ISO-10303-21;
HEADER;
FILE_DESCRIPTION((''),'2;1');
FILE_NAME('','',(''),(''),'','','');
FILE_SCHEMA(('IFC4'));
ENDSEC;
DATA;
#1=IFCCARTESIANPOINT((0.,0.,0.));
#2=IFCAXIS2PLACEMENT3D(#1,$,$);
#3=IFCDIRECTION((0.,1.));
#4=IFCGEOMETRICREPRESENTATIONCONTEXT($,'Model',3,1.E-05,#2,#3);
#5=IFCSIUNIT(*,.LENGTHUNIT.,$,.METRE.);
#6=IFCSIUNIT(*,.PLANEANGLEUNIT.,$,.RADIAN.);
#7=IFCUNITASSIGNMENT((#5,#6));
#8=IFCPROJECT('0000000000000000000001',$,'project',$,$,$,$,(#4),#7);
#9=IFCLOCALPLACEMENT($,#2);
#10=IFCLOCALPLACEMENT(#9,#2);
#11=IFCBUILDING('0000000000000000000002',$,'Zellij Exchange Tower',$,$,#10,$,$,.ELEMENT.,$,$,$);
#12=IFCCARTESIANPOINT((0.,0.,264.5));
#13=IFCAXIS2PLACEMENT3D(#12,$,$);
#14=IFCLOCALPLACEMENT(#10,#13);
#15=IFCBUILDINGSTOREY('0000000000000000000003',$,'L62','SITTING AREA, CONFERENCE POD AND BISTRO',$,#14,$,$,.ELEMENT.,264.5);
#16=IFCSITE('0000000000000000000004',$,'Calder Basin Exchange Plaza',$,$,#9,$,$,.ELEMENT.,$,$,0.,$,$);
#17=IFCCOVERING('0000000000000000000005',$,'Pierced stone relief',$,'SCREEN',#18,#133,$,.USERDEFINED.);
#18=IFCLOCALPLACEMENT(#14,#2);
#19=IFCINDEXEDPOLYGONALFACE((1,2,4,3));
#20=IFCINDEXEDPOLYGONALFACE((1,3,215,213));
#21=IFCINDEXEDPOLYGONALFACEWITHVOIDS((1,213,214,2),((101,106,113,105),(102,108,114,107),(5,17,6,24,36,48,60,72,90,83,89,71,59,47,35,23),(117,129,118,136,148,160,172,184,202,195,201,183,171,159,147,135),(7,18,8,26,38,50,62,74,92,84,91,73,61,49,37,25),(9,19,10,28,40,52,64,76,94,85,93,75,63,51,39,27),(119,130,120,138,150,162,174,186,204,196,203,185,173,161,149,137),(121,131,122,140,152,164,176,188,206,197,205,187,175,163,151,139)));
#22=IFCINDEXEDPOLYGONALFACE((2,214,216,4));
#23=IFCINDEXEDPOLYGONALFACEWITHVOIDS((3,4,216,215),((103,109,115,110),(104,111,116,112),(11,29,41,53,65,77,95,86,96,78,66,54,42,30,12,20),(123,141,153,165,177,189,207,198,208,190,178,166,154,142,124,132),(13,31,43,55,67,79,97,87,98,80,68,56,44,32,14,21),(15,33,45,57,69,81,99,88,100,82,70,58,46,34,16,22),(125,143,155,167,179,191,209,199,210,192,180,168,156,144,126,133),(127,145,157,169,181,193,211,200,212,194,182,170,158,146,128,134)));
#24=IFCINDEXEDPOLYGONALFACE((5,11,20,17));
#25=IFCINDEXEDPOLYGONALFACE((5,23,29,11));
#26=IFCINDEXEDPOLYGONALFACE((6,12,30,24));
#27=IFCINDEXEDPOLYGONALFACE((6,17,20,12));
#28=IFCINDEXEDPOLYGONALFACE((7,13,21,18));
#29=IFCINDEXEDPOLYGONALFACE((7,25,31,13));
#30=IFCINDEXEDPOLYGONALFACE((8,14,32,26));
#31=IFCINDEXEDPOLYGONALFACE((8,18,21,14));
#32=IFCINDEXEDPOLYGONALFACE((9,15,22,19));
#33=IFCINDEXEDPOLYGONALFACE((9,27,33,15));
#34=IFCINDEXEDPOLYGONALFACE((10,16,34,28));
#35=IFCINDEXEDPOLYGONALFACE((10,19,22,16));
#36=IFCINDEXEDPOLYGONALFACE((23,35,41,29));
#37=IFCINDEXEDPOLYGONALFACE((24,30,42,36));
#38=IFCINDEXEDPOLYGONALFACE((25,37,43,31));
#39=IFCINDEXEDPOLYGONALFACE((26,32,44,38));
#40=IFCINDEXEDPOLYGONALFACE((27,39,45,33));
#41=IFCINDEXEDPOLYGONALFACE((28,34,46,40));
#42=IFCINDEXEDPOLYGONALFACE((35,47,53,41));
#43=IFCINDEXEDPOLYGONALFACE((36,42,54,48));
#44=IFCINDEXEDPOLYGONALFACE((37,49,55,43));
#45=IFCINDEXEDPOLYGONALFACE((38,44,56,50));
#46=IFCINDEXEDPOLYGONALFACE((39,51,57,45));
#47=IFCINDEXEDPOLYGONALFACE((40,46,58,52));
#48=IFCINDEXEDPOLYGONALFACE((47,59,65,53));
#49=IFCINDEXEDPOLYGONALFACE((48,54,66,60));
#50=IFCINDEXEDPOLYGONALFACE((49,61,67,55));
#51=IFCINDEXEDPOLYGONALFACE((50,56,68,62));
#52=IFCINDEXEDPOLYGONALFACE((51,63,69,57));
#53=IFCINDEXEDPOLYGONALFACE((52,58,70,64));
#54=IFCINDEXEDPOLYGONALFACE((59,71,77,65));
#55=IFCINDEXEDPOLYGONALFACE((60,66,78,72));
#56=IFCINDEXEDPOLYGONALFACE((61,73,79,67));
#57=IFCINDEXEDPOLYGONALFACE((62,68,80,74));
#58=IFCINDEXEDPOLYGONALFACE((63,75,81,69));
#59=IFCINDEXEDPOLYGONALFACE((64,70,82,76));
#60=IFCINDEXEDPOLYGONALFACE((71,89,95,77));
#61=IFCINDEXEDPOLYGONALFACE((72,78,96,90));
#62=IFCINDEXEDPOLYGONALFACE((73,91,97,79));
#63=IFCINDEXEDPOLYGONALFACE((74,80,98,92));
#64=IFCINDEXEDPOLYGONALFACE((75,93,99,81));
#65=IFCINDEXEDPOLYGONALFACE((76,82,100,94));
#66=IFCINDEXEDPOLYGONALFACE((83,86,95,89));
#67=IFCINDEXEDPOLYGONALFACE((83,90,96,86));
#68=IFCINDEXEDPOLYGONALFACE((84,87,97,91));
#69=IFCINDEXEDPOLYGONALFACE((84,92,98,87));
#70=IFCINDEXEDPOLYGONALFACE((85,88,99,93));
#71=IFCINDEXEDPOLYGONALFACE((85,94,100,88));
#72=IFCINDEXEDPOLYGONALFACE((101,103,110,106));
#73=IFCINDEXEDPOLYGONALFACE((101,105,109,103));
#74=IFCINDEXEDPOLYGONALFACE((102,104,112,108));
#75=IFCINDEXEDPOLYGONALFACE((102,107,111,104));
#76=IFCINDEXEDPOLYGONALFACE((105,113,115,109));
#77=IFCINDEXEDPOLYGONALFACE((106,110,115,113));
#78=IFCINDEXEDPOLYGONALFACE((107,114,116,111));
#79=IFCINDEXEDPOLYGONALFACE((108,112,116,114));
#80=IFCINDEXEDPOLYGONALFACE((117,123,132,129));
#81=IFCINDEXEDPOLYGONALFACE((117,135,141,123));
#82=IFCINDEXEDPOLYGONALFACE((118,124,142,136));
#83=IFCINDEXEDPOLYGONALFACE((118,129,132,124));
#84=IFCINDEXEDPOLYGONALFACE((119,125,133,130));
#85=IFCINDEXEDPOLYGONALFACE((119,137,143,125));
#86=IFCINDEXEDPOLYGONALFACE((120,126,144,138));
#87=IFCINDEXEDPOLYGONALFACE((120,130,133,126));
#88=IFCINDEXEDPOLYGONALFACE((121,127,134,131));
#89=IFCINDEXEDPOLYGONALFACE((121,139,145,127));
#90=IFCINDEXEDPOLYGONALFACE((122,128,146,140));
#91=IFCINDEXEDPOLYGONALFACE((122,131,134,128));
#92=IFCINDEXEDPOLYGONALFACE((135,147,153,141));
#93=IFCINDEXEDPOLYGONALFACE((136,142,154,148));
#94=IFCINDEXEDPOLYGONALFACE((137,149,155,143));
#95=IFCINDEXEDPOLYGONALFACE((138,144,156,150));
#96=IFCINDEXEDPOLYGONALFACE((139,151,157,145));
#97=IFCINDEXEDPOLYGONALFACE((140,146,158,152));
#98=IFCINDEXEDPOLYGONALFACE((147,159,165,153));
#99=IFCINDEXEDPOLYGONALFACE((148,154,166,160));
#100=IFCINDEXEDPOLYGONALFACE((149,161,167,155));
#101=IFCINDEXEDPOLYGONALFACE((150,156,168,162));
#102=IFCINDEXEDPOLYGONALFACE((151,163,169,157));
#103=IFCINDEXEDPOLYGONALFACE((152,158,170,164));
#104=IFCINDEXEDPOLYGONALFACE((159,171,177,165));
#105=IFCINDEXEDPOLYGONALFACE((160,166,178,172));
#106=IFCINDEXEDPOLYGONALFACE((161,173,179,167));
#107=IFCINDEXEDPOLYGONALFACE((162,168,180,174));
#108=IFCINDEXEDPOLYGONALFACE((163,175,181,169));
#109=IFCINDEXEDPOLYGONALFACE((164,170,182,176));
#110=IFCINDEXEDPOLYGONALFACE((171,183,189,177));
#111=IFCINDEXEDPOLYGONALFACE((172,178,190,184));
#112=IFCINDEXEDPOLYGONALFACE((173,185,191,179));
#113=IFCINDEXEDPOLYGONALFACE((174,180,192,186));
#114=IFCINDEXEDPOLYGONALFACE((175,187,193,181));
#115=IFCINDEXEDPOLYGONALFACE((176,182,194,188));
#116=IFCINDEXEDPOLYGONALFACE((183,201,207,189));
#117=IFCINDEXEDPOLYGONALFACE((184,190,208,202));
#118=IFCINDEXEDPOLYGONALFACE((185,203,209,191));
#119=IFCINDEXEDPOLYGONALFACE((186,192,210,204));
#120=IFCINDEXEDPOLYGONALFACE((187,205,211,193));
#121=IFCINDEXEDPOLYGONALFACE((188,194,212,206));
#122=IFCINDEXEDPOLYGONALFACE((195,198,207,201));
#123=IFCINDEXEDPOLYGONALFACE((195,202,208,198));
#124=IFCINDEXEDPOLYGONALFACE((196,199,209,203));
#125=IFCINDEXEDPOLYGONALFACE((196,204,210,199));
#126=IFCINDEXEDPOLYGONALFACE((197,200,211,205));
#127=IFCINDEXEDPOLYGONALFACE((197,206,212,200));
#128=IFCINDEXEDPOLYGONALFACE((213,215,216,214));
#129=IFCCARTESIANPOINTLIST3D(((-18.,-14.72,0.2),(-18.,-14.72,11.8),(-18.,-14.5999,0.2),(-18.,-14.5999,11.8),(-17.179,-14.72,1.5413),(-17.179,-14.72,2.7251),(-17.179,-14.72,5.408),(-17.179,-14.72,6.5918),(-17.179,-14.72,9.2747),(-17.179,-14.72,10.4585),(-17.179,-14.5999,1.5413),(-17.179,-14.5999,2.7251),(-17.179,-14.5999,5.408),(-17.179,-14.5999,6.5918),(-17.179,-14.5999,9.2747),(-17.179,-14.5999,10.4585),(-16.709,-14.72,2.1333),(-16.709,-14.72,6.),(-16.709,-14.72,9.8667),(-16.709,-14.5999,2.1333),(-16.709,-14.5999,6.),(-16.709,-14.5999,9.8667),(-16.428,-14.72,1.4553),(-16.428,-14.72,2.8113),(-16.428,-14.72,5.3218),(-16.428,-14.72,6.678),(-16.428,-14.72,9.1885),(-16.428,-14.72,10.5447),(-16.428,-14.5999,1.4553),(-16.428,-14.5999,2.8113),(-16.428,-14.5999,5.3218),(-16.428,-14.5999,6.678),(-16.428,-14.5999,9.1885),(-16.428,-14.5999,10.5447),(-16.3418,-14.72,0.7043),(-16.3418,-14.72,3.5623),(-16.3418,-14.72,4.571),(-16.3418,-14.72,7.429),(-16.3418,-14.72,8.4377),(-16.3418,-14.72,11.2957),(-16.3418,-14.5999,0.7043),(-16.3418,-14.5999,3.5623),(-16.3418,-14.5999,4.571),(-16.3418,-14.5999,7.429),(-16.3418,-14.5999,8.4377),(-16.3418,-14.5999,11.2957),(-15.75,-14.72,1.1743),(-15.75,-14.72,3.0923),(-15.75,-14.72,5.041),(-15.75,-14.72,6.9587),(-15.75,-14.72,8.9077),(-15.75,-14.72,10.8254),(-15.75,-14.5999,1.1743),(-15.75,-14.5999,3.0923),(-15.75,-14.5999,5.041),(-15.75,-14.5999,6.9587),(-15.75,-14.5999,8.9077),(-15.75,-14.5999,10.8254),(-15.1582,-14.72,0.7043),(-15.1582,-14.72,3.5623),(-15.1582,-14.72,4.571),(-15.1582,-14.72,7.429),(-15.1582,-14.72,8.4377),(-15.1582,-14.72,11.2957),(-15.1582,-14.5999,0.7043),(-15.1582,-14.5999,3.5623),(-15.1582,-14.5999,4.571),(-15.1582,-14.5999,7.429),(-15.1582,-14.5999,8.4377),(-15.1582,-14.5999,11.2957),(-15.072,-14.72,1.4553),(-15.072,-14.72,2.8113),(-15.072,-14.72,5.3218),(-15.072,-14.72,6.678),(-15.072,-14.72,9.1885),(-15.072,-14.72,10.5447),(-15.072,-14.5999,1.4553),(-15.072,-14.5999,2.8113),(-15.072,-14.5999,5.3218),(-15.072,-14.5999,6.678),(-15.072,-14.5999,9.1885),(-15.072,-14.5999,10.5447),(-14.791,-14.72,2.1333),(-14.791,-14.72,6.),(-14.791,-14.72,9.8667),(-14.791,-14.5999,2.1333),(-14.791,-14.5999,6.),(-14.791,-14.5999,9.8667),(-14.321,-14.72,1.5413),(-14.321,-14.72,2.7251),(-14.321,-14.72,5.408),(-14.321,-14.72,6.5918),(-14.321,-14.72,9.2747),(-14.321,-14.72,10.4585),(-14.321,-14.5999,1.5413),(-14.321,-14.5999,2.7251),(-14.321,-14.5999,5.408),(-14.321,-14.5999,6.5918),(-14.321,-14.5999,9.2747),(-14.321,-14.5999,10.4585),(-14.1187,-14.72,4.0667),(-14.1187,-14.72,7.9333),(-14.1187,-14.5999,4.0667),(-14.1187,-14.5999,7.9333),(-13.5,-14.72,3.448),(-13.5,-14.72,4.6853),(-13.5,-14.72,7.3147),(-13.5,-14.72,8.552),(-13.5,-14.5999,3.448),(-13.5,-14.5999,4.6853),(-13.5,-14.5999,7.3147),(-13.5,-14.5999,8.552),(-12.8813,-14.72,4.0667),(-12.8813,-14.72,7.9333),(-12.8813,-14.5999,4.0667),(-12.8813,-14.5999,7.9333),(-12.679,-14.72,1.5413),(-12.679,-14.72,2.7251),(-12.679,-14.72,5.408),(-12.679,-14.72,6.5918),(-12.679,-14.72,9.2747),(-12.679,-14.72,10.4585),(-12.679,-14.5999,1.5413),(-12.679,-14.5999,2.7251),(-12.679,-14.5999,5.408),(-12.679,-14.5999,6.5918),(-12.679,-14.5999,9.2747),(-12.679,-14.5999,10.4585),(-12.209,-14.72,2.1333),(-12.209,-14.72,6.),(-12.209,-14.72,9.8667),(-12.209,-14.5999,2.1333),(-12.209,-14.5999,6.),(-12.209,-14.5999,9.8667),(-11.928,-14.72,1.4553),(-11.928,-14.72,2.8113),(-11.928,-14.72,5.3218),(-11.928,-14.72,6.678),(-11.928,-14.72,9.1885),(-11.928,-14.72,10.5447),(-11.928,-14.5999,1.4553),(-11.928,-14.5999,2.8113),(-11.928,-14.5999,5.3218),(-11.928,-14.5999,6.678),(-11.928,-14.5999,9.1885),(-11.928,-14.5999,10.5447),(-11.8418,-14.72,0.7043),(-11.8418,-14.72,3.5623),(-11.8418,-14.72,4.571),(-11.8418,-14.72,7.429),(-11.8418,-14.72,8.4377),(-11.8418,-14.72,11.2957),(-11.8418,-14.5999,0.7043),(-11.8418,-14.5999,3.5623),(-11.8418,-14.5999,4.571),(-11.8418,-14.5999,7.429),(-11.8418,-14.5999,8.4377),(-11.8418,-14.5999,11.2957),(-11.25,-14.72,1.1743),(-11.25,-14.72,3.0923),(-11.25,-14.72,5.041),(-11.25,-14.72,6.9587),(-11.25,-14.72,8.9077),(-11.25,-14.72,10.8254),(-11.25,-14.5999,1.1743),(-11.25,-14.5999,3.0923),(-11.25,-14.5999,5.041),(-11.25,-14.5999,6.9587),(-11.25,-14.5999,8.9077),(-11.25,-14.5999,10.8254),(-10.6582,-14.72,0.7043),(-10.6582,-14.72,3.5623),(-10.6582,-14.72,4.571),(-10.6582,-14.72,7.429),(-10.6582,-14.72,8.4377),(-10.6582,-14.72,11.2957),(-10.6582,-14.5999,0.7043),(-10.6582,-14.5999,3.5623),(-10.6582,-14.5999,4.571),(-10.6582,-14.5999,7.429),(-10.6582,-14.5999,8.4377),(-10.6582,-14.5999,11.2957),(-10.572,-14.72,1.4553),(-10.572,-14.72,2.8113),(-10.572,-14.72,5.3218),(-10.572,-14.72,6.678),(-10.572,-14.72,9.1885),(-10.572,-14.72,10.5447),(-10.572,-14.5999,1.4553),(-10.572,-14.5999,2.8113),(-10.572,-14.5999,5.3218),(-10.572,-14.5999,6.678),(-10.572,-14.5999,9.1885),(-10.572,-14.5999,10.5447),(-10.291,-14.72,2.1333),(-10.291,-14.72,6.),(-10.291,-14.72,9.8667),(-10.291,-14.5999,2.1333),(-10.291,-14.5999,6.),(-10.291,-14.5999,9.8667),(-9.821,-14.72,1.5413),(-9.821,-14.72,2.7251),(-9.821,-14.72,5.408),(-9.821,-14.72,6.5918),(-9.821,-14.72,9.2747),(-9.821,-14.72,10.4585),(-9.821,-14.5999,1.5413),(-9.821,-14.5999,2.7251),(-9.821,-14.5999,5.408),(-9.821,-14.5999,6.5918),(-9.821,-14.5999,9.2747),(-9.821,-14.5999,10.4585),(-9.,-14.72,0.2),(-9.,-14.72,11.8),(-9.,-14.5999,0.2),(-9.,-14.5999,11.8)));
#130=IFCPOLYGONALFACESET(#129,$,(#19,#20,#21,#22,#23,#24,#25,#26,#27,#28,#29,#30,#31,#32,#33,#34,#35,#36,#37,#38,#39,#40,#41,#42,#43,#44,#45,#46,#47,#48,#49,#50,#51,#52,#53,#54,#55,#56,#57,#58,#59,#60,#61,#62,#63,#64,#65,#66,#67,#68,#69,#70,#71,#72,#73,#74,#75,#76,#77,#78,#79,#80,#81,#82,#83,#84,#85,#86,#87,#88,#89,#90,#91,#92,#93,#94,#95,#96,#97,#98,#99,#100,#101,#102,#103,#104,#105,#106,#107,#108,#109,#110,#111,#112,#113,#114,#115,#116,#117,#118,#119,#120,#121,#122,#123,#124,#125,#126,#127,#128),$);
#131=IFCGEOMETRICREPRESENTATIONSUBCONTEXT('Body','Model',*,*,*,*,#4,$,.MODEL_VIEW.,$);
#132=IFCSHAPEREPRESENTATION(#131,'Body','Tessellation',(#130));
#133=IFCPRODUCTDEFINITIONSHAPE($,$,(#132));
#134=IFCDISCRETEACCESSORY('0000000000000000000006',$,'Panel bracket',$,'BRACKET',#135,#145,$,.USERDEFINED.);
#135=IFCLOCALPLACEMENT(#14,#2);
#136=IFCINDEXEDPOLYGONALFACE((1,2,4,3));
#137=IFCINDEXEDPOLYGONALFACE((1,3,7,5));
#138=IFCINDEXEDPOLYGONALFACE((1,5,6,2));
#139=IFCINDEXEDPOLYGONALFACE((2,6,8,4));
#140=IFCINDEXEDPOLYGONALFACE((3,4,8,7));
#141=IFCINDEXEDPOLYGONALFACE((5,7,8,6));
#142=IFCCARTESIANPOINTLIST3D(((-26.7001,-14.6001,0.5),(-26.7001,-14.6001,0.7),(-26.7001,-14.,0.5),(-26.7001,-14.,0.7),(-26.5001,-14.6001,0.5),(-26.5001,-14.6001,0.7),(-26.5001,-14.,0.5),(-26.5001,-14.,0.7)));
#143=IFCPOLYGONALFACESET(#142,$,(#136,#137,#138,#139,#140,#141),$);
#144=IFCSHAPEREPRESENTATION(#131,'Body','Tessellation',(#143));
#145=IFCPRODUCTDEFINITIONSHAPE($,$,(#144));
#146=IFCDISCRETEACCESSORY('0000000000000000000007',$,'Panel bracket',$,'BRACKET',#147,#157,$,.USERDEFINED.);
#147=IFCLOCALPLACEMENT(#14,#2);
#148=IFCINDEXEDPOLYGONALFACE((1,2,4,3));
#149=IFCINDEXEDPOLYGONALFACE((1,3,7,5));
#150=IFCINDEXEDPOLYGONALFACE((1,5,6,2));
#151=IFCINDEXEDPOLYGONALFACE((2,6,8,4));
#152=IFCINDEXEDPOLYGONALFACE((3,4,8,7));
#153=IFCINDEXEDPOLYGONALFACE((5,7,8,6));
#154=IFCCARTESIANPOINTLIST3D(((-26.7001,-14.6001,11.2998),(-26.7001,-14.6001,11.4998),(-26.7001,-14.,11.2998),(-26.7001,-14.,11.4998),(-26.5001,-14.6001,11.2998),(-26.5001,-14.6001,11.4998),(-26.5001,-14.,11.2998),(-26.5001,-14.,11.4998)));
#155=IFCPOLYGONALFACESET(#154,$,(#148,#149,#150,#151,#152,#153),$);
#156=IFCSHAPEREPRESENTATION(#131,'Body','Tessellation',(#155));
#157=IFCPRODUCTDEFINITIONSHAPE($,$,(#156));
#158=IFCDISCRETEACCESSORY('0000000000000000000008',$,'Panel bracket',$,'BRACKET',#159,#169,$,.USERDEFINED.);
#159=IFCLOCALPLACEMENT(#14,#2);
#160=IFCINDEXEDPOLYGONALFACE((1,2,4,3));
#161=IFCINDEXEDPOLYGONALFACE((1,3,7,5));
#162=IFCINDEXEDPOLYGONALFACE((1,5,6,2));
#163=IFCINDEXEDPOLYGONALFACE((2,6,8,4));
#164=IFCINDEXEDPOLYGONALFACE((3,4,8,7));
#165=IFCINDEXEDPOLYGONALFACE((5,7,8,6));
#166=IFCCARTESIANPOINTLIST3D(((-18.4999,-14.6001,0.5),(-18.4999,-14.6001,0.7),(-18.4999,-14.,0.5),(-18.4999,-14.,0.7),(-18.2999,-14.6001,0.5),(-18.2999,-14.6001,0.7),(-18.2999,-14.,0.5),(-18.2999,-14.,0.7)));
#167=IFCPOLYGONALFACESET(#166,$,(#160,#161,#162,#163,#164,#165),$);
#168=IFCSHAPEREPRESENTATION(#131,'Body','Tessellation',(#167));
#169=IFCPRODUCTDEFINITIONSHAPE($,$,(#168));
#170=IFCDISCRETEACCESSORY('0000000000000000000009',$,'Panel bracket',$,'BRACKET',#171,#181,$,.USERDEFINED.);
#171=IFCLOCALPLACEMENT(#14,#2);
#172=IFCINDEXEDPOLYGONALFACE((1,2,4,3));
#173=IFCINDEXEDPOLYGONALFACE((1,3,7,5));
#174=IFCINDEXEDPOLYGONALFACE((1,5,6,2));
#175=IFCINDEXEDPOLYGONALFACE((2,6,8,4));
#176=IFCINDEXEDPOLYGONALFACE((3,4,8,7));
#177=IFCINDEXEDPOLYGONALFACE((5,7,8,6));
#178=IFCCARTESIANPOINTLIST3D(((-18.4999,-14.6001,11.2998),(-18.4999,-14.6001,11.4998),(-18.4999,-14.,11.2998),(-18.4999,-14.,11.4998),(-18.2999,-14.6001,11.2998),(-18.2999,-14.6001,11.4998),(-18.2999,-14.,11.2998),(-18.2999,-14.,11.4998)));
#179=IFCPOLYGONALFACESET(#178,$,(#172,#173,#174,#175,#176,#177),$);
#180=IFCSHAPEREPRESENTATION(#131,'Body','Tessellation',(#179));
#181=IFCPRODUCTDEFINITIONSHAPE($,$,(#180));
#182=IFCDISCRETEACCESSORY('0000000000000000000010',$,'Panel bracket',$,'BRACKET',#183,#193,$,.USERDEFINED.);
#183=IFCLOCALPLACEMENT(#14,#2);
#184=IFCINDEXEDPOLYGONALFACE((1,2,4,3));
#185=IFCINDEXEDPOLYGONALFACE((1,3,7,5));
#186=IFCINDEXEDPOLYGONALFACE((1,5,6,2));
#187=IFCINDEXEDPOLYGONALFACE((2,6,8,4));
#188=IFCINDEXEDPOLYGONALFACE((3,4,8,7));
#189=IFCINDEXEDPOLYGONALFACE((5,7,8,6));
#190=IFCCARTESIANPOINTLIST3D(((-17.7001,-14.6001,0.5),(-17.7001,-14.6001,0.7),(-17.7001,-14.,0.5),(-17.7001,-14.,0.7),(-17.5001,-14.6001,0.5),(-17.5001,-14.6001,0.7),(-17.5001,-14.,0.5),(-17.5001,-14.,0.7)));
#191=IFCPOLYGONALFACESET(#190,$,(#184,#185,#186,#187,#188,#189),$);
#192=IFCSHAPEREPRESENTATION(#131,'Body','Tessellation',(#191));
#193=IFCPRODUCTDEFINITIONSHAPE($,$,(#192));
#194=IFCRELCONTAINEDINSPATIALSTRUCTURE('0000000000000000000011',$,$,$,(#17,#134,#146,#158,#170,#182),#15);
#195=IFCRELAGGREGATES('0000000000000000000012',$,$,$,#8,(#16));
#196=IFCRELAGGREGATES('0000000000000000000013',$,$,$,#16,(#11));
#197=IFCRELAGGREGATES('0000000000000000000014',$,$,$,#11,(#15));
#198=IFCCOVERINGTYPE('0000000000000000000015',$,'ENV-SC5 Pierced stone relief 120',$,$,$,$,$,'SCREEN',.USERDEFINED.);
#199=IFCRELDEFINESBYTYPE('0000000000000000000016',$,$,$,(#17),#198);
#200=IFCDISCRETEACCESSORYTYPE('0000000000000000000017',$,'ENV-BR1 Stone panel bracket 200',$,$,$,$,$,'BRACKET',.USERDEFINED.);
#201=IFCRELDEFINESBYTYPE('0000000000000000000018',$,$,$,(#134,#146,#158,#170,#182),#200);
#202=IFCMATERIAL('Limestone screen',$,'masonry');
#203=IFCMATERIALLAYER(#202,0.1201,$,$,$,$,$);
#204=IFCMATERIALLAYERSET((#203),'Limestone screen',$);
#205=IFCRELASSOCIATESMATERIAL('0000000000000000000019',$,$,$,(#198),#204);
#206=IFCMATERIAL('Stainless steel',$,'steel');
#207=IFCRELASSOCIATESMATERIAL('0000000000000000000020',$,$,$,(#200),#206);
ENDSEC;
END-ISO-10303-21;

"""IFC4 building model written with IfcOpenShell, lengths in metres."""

from ifc_helpers import new_model, si_unit, direction, frame, origin, origin_2d, place, context, subcontext, project, spatial, polyline, rectangle, outline, extrude, material, layer, layer_set, type_object, element, save


model = new_model("IFC4")

# Units and contexts
model_context = context("Model", 3, precision=1e-05, world=origin(), true_north=direction((0.0, 1.0)))
body_context = subcontext(model_context, "Body", "Model", "MODEL_VIEW")
ifc_project = project(units=[si_unit("LENGTHUNIT", "METRE"), si_unit("PLANEANGLEUNIT", "RADIAN")], contexts=[model_context])

# Site, building, storey
site_placement = place(None, origin())
site = spatial("IfcSite", under=ifc_project, at=site_placement, Name="Calder Basin Exchange Plaza", CompositionType="ELEMENT", RefElevation=0.0)
building_placement = place(site_placement, origin())
building = spatial("IfcBuilding", under=site, at=building_placement, Name="Zellij Exchange Tower", CompositionType="ELEMENT")
storey_placement = place(building_placement, frame((0.0, 0.0, 264.5)))
storey = spatial("IfcBuildingStorey", under=building, at=storey_placement, Name="L62", Description="SITTING AREA, CONFERENCE POD AND BISTRO", CompositionType="ELEMENT", Elevation=264.5)

# Shared definitions
ifc_material_1 = material(Name="Stainless steel", Category="steel")

# Covering
ifc_material_2 = material(Name="Limestone screen", Category="masonry")
ifc_layer_1 = layer(ifc_material_2, 0.1201)
ifc_layer_set_1 = layer_set([ifc_layer_1], Name="Limestone screen")
covering_type = type_object("IfcCoveringType", Name="ENV-SC5 Pierced stone relief 120", ElementType="SCREEN", PredefinedType="USERDEFINED", material=ifc_layer_set_1)
covering_placement = place(storey_placement, frame((-18.0, -14.6599, 0.2), z_axis=(0.0, 0.0, 1.0), x_axis=(1.0, 0.0, 0.0)))
element("IfcCovering", 1, at=covering_placement, inside=storey, type_object=covering_type, Name="Pierced stone relief", ObjectType="SCREEN", PredefinedType="USERDEFINED", context=body_context, shape_type="SweptSolid", body=[
    extrude(outline(polyline([(0.0, 0.0), (9.0, 0.0), (9.0, 11.6001), (0.0, 11.6001), (0.0, 0.0)]), holes=[polyline([(3.679, 2.5251), (2.928, 2.6113), (2.8418, 3.3623), (2.25, 2.8923), (1.6582, 3.3623), (1.572, 2.6113), (0.821, 2.5251), (1.291, 1.9333), (0.821, 1.3413), (1.572, 1.2554), (1.6582, 0.5044), (2.25, 0.9744), (2.8418, 0.5044), (2.928, 1.2554), (3.679, 1.3413), (3.209, 1.9333), (3.679, 2.5251)]), polyline([(3.679, 6.3918), (2.928, 6.478), (2.8418, 7.229), (2.25, 6.7588), (1.6582, 7.229), (1.572, 6.478), (0.821, 6.3918), (1.291, 5.8), (0.821, 5.208), (1.572, 5.1218), (1.6582, 4.3711), (2.25, 4.8411), (2.8418, 4.3711), (2.928, 5.1218), (3.679, 5.208), (3.209, 5.8), (3.679, 6.3918)]), polyline([(3.679, 10.2585), (2.928, 10.3447), (2.8418, 11.0957), (2.25, 10.6255), (1.6582, 11.0957), (1.572, 10.3447), (0.821, 10.2585), (1.291, 9.6667), (0.821, 9.0747), (1.572, 8.9885), (1.6582, 8.2378), (2.25, 8.7078), (2.8418, 8.2378), (2.928, 8.9885), (3.679, 9.0747), (3.209, 9.6667), (3.679, 10.2585)]), polyline([(8.179, 2.5251), (7.428, 2.6113), (7.3418, 3.3623), (6.75, 2.8923), (6.1582, 3.3623), (6.072, 2.6113), (5.321, 2.5251), (5.791, 1.9333), (5.321, 1.3413), (6.072, 1.2554), (6.1582, 0.5044), (6.75, 0.9744), (7.3418, 0.5044), (7.428, 1.2554), (8.179, 1.3413), (7.709, 1.9333), (8.179, 2.5251)]), polyline([(8.179, 6.3918), (7.428, 6.478), (7.3418, 7.229), (6.75, 6.7588), (6.1582, 7.229), (6.072, 6.478), (5.321, 6.3918), (5.791, 5.8), (5.321, 5.208), (6.072, 5.1218), (6.1582, 4.3711), (6.75, 4.8411), (7.3418, 4.3711), (7.428, 5.1218), (8.179, 5.208), (7.709, 5.8), (8.179, 6.3918)]), polyline([(8.179, 10.2585), (7.428, 10.3447), (7.3418, 11.0957), (6.75, 10.6255), (6.1582, 11.0957), (6.072, 10.3447), (5.321, 10.2585), (5.791, 9.6667), (5.321, 9.0747), (6.072, 8.9885), (6.1582, 8.2378), (6.75, 8.7078), (7.3418, 8.2378), (7.428, 8.9885), (8.179, 9.0747), (7.709, 9.6667), (8.179, 10.2585)]), polyline([(5.1187, 3.8667), (4.5, 4.4854), (3.8813, 3.8667), (4.5, 3.248), (5.1187, 3.8667)]), polyline([(5.1187, 7.7334), (4.5, 8.3521), (3.8813, 7.7334), (4.5, 7.1147), (5.1187, 7.7334)])]), frame((0.0, 0.0601, 0.0), z_axis=(0.0, -1.0, 0.0), x_axis=(1.0, 0.0, 0.0)), (0.0, 0.0, 1.0), 0.1201),
])

# Discrete accessories
discrete_accessory_type = type_object("IfcDiscreteAccessoryType", Name="ENV-BR1 Stone panel bracket 200", ElementType="BRACKET", PredefinedType="USERDEFINED", material=ifc_material_1)
for number, where, z_axis, x_axis, name in (
    (2, (-26.6001, -14.3, 0.5), (0.0, 0.0, 1.0), (1.0, 0.0, 0.0), "Panel bracket"),
    (3, (-26.6001, -14.3, 11.2998), (0.0, 0.0, 1.0), (1.0, 0.0, 0.0), "Panel bracket"),
    (4, (-18.3999, -14.3, 0.5), (0.0, 0.0, 1.0), (1.0, 0.0, 0.0), "Panel bracket"),
    (5, (-18.3999, -14.3, 11.2998), (0.0, 0.0, 1.0), (1.0, 0.0, 0.0), "Panel bracket"),
    (6, (-17.6001, -14.3, 0.5), (0.0, 0.0, 1.0), (1.0, 0.0, 0.0), "Panel bracket"),
):
    element("IfcDiscreteAccessory", number, at=place(storey_placement, frame(where, z_axis=z_axis, x_axis=x_axis)), inside=storey, type_object=discrete_accessory_type, Name=name, ObjectType="BRACKET", PredefinedType="USERDEFINED", context=body_context, shape_type="SweptSolid", body=[
        extrude(rectangle(XDim=0.2, YDim=0.6001, at=origin_2d()), origin(), (0.0, 0.0, 1.0), 0.2),
    ])

save(model, "model.ifc")
